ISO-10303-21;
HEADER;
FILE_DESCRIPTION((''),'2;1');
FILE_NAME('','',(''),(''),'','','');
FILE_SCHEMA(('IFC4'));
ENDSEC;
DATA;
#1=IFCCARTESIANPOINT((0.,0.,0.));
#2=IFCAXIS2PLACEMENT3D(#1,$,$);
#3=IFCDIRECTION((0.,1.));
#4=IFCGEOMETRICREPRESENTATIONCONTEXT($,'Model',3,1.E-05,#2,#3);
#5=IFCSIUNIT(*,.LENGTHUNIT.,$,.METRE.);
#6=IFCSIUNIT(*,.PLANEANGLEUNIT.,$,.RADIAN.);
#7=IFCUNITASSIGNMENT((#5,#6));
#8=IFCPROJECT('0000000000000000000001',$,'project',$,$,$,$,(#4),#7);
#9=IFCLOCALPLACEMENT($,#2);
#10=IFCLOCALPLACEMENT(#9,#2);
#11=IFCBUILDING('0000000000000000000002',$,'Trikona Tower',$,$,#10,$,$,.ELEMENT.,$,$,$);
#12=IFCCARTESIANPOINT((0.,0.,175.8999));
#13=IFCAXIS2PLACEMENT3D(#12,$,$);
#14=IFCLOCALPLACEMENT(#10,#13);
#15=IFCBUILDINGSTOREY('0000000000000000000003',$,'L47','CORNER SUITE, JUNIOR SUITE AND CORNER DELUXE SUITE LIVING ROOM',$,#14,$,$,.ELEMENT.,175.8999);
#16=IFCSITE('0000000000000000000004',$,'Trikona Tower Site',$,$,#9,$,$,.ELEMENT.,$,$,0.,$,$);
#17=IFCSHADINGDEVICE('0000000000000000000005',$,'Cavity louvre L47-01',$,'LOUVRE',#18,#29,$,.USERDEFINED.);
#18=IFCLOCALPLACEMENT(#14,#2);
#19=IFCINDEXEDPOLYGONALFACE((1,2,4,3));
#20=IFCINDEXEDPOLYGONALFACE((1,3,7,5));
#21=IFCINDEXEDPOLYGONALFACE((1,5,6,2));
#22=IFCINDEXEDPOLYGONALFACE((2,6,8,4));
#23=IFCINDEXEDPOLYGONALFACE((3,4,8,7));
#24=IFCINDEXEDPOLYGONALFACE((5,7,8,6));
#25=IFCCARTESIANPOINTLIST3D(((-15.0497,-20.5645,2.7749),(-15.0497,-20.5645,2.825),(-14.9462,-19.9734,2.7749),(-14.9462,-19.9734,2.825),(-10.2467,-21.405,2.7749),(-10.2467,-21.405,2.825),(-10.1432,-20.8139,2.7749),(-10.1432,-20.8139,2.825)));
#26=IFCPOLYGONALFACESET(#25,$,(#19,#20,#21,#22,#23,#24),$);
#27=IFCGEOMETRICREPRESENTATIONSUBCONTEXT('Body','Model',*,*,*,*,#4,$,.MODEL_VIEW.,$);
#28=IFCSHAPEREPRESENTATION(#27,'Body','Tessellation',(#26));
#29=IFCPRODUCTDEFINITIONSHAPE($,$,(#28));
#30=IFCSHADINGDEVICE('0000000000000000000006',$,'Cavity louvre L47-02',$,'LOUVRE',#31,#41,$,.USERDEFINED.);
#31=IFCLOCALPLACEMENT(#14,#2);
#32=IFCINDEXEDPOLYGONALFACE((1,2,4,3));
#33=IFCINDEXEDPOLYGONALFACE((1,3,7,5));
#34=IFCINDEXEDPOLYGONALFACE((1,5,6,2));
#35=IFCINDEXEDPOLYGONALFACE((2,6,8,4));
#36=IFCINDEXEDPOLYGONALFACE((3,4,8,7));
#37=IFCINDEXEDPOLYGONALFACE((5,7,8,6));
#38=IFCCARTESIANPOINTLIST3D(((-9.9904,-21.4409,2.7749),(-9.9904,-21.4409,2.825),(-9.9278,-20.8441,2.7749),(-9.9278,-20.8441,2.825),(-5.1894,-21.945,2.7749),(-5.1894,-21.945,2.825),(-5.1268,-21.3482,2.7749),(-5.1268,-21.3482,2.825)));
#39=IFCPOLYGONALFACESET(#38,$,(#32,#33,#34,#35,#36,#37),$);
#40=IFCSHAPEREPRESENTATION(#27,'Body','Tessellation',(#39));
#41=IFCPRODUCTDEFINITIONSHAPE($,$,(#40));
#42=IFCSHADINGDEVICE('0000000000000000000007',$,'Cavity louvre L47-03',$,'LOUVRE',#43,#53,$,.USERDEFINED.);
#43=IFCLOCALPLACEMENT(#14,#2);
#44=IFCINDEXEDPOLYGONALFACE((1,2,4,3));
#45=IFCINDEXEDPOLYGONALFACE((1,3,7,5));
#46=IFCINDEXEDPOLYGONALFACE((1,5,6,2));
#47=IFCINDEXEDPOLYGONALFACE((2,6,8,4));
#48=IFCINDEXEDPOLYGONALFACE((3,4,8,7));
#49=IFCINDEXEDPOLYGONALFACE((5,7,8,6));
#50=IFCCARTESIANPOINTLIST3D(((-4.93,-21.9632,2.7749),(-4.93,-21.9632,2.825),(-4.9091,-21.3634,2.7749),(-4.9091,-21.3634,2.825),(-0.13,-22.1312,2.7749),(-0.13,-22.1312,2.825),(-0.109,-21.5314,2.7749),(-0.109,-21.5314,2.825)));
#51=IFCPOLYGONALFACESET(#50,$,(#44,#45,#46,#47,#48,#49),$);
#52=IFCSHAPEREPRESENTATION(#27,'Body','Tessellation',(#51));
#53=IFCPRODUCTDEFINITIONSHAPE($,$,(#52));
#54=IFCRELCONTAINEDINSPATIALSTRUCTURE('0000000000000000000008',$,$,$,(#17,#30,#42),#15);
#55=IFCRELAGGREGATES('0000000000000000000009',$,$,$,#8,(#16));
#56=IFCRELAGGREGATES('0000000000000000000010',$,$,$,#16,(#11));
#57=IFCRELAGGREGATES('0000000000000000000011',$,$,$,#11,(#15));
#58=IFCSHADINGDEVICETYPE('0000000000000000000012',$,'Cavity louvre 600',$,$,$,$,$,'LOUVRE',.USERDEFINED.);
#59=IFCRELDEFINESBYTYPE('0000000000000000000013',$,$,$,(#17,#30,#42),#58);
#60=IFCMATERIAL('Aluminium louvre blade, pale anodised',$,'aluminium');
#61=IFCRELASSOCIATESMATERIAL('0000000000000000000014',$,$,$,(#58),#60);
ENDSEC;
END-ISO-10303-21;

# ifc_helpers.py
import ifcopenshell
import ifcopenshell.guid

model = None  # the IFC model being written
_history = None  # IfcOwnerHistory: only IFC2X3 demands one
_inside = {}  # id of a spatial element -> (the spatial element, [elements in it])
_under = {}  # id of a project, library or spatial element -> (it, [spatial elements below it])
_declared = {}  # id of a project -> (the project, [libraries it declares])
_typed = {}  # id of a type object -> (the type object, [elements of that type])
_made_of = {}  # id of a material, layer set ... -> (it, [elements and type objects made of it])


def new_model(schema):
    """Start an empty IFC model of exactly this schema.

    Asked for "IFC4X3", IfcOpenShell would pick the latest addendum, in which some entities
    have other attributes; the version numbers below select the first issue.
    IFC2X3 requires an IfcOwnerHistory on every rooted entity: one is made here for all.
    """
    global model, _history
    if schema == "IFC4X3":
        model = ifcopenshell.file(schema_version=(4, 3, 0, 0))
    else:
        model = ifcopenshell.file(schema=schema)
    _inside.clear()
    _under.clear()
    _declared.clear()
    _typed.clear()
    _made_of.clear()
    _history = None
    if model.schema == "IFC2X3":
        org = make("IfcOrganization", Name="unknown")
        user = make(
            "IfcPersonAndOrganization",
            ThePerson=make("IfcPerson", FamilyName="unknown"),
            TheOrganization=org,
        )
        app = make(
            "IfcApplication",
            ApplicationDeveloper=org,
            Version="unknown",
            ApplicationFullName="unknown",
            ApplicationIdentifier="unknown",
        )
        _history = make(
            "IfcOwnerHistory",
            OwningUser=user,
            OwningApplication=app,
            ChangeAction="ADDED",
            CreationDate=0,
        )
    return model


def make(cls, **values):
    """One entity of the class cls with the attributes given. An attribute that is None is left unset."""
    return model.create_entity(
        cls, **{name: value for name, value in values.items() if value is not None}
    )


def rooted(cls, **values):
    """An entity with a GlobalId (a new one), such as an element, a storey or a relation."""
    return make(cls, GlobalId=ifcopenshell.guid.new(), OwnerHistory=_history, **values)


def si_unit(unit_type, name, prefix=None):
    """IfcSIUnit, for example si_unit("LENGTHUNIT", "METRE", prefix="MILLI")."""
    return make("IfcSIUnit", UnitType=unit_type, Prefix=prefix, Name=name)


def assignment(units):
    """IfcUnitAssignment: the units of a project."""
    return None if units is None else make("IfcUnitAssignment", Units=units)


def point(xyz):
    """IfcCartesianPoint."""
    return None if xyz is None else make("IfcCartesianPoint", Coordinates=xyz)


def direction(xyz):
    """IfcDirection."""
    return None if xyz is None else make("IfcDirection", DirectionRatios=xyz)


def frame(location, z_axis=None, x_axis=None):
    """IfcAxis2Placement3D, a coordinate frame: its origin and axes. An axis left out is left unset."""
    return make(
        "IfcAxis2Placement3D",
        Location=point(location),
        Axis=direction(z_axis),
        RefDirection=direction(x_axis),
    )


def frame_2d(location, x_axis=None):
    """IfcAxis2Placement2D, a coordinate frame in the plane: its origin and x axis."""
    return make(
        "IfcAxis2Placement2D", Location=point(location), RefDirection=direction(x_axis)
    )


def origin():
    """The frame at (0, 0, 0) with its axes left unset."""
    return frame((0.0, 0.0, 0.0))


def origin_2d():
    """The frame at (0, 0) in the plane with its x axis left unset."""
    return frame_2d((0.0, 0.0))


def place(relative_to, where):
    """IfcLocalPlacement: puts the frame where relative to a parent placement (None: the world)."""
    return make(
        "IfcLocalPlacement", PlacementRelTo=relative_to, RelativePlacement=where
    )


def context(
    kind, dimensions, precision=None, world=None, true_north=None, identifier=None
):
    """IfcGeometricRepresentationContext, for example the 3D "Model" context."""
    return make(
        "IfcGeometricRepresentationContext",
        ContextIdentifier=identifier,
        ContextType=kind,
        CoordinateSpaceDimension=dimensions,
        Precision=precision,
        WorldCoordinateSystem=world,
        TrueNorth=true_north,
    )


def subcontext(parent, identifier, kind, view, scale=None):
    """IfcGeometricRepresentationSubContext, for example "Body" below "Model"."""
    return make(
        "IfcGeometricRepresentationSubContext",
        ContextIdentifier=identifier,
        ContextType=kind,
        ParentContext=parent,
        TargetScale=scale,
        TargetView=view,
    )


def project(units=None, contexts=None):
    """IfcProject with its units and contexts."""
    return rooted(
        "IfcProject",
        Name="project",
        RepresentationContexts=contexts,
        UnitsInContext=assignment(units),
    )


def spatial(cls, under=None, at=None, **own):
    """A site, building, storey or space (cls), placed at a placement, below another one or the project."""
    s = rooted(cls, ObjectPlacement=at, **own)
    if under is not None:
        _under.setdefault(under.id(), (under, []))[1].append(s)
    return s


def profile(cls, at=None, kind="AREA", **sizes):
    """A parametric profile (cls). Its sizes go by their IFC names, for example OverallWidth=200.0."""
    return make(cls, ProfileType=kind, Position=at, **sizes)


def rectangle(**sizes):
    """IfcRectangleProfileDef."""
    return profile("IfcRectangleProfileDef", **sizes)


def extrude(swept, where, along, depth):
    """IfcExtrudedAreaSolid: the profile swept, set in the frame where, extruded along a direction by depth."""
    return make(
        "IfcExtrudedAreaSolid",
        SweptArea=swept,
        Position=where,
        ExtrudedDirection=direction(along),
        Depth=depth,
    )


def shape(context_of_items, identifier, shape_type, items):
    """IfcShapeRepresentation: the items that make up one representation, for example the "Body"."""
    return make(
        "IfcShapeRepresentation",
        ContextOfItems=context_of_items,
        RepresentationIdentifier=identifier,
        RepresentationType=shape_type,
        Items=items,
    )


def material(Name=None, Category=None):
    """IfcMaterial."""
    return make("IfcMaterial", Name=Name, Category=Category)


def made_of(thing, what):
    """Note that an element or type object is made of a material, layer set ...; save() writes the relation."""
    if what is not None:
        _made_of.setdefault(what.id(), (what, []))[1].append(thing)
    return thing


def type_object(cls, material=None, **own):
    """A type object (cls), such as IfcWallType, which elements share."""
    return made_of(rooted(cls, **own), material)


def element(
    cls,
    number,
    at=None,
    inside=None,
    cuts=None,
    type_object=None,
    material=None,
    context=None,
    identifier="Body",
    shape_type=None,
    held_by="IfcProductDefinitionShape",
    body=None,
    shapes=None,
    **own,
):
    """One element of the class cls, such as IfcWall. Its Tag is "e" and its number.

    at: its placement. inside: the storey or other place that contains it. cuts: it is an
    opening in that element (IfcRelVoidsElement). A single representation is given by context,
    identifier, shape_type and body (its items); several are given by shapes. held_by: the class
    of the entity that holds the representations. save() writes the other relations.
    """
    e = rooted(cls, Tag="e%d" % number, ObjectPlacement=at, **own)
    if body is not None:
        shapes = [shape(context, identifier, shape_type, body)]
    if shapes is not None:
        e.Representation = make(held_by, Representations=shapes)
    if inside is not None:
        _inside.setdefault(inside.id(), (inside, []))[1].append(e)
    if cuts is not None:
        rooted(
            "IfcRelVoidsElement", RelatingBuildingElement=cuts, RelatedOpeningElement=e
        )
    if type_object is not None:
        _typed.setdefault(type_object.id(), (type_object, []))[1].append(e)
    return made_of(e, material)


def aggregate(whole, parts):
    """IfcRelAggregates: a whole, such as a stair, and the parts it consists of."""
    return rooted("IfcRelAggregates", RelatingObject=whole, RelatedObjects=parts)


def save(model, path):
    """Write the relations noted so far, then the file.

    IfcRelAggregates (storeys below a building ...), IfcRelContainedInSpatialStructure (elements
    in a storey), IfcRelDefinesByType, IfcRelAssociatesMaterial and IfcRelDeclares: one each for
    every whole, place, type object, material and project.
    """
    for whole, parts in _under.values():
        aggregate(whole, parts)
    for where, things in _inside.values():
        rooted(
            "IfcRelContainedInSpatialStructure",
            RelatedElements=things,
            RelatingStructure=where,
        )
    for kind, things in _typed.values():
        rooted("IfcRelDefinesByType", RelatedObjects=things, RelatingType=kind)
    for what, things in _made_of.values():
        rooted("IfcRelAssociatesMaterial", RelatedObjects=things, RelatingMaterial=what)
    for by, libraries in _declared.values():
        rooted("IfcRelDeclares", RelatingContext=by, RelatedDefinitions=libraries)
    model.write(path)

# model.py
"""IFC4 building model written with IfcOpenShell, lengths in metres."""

from ifc_helpers import new_model, si_unit, direction, frame, origin, origin_2d, place, context, subcontext, project, spatial, rectangle, extrude, material, type_object, element, save


model = new_model("IFC4")

# Units and contexts
model_context = context("Model", 3, precision=1e-05, world=origin(), true_north=direction((0.0, 1.0)))
body_context = subcontext(model_context, "Body", "Model", "MODEL_VIEW")
ifc_project = project(units=[si_unit("LENGTHUNIT", "METRE"), si_unit("PLANEANGLEUNIT", "RADIAN")], contexts=[model_context])

# Site, building, storey
site_placement = place(None, origin())
site = spatial("IfcSite", under=ifc_project, at=site_placement, Name="Trikona Tower Site", CompositionType="ELEMENT", RefElevation=0.0)
building_placement = place(site_placement, origin())
building = spatial("IfcBuilding", under=site, at=building_placement, Name="Trikona Tower", CompositionType="ELEMENT")
storey_placement = place(building_placement, frame((0.0, 0.0, 175.8999)))
storey = spatial("IfcBuildingStorey", under=building, at=storey_placement, Name="L47", Description="CORNER SUITE, JUNIOR SUITE AND CORNER DELUXE SUITE LIVING ROOM", CompositionType="ELEMENT", Elevation=175.8999)

# Shading devices
ifc_material_1 = material(Name="Aluminium louvre blade, pale anodised", Category="aluminium")
shading_device_type = type_object("IfcShadingDeviceType", Name="Cavity louvre 600", ElementType="LOUVRE", PredefinedType="USERDEFINED", material=ifc_material_1)
shading_device_1_placement = place(storey_placement, frame((-12.5964, -20.6892, 2.7749), z_axis=(0.0, 0.0, 1.0), x_axis=(0.985031, -0.17238, 0.0)))
element("IfcShadingDevice", 1, at=shading_device_1_placement, inside=storey, type_object=shading_device_type, Name="Cavity louvre L47-01", ObjectType="LOUVRE", PredefinedType="USERDEFINED", context=body_context, shape_type="SweptSolid", body=[
    extrude(rectangle(XDim=4.876, YDim=0.6001, at=origin_2d()), origin(), (0.0, 0.0, 1.0), 0.05),
])
shading_device_2_placement = place(storey_placement, frame((-7.5586, -21.3945, 2.7749), z_axis=(0.0, 0.0, 1.0), x_axis=(0.994533, -0.104426, 0.0)))
element("IfcShadingDevice", 2, at=shading_device_2_placement, inside=storey, type_object=shading_device_type, Name="Cavity louvre L47-02", ObjectType="LOUVRE", PredefinedType="USERDEFINED", context=body_context, shape_type="SweptSolid", body=[
    extrude(rectangle(XDim=4.8274, YDim=0.6001, at=origin_2d()), origin(), (0.0, 0.0, 1.0), 0.05),
])
shading_device_3_placement = place(storey_placement, frame((-2.5195, -21.7473, 2.7749), z_axis=(0.0, 0.0, 1.0), x_axis=(0.999388, -0.034978, 0.0)))
element("IfcShadingDevice", 3, at=shading_device_3_placement, inside=storey, type_object=shading_device_type, Name="Cavity louvre L47-03", ObjectType="LOUVRE", PredefinedType="USERDEFINED", context=body_context, shape_type="SweptSolid", body=[
    extrude(rectangle(XDim=4.803, YDim=0.6001, at=origin_2d()), origin(), (0.0, 0.0, 1.0), 0.05),
])

save(model, "model.ifc")
